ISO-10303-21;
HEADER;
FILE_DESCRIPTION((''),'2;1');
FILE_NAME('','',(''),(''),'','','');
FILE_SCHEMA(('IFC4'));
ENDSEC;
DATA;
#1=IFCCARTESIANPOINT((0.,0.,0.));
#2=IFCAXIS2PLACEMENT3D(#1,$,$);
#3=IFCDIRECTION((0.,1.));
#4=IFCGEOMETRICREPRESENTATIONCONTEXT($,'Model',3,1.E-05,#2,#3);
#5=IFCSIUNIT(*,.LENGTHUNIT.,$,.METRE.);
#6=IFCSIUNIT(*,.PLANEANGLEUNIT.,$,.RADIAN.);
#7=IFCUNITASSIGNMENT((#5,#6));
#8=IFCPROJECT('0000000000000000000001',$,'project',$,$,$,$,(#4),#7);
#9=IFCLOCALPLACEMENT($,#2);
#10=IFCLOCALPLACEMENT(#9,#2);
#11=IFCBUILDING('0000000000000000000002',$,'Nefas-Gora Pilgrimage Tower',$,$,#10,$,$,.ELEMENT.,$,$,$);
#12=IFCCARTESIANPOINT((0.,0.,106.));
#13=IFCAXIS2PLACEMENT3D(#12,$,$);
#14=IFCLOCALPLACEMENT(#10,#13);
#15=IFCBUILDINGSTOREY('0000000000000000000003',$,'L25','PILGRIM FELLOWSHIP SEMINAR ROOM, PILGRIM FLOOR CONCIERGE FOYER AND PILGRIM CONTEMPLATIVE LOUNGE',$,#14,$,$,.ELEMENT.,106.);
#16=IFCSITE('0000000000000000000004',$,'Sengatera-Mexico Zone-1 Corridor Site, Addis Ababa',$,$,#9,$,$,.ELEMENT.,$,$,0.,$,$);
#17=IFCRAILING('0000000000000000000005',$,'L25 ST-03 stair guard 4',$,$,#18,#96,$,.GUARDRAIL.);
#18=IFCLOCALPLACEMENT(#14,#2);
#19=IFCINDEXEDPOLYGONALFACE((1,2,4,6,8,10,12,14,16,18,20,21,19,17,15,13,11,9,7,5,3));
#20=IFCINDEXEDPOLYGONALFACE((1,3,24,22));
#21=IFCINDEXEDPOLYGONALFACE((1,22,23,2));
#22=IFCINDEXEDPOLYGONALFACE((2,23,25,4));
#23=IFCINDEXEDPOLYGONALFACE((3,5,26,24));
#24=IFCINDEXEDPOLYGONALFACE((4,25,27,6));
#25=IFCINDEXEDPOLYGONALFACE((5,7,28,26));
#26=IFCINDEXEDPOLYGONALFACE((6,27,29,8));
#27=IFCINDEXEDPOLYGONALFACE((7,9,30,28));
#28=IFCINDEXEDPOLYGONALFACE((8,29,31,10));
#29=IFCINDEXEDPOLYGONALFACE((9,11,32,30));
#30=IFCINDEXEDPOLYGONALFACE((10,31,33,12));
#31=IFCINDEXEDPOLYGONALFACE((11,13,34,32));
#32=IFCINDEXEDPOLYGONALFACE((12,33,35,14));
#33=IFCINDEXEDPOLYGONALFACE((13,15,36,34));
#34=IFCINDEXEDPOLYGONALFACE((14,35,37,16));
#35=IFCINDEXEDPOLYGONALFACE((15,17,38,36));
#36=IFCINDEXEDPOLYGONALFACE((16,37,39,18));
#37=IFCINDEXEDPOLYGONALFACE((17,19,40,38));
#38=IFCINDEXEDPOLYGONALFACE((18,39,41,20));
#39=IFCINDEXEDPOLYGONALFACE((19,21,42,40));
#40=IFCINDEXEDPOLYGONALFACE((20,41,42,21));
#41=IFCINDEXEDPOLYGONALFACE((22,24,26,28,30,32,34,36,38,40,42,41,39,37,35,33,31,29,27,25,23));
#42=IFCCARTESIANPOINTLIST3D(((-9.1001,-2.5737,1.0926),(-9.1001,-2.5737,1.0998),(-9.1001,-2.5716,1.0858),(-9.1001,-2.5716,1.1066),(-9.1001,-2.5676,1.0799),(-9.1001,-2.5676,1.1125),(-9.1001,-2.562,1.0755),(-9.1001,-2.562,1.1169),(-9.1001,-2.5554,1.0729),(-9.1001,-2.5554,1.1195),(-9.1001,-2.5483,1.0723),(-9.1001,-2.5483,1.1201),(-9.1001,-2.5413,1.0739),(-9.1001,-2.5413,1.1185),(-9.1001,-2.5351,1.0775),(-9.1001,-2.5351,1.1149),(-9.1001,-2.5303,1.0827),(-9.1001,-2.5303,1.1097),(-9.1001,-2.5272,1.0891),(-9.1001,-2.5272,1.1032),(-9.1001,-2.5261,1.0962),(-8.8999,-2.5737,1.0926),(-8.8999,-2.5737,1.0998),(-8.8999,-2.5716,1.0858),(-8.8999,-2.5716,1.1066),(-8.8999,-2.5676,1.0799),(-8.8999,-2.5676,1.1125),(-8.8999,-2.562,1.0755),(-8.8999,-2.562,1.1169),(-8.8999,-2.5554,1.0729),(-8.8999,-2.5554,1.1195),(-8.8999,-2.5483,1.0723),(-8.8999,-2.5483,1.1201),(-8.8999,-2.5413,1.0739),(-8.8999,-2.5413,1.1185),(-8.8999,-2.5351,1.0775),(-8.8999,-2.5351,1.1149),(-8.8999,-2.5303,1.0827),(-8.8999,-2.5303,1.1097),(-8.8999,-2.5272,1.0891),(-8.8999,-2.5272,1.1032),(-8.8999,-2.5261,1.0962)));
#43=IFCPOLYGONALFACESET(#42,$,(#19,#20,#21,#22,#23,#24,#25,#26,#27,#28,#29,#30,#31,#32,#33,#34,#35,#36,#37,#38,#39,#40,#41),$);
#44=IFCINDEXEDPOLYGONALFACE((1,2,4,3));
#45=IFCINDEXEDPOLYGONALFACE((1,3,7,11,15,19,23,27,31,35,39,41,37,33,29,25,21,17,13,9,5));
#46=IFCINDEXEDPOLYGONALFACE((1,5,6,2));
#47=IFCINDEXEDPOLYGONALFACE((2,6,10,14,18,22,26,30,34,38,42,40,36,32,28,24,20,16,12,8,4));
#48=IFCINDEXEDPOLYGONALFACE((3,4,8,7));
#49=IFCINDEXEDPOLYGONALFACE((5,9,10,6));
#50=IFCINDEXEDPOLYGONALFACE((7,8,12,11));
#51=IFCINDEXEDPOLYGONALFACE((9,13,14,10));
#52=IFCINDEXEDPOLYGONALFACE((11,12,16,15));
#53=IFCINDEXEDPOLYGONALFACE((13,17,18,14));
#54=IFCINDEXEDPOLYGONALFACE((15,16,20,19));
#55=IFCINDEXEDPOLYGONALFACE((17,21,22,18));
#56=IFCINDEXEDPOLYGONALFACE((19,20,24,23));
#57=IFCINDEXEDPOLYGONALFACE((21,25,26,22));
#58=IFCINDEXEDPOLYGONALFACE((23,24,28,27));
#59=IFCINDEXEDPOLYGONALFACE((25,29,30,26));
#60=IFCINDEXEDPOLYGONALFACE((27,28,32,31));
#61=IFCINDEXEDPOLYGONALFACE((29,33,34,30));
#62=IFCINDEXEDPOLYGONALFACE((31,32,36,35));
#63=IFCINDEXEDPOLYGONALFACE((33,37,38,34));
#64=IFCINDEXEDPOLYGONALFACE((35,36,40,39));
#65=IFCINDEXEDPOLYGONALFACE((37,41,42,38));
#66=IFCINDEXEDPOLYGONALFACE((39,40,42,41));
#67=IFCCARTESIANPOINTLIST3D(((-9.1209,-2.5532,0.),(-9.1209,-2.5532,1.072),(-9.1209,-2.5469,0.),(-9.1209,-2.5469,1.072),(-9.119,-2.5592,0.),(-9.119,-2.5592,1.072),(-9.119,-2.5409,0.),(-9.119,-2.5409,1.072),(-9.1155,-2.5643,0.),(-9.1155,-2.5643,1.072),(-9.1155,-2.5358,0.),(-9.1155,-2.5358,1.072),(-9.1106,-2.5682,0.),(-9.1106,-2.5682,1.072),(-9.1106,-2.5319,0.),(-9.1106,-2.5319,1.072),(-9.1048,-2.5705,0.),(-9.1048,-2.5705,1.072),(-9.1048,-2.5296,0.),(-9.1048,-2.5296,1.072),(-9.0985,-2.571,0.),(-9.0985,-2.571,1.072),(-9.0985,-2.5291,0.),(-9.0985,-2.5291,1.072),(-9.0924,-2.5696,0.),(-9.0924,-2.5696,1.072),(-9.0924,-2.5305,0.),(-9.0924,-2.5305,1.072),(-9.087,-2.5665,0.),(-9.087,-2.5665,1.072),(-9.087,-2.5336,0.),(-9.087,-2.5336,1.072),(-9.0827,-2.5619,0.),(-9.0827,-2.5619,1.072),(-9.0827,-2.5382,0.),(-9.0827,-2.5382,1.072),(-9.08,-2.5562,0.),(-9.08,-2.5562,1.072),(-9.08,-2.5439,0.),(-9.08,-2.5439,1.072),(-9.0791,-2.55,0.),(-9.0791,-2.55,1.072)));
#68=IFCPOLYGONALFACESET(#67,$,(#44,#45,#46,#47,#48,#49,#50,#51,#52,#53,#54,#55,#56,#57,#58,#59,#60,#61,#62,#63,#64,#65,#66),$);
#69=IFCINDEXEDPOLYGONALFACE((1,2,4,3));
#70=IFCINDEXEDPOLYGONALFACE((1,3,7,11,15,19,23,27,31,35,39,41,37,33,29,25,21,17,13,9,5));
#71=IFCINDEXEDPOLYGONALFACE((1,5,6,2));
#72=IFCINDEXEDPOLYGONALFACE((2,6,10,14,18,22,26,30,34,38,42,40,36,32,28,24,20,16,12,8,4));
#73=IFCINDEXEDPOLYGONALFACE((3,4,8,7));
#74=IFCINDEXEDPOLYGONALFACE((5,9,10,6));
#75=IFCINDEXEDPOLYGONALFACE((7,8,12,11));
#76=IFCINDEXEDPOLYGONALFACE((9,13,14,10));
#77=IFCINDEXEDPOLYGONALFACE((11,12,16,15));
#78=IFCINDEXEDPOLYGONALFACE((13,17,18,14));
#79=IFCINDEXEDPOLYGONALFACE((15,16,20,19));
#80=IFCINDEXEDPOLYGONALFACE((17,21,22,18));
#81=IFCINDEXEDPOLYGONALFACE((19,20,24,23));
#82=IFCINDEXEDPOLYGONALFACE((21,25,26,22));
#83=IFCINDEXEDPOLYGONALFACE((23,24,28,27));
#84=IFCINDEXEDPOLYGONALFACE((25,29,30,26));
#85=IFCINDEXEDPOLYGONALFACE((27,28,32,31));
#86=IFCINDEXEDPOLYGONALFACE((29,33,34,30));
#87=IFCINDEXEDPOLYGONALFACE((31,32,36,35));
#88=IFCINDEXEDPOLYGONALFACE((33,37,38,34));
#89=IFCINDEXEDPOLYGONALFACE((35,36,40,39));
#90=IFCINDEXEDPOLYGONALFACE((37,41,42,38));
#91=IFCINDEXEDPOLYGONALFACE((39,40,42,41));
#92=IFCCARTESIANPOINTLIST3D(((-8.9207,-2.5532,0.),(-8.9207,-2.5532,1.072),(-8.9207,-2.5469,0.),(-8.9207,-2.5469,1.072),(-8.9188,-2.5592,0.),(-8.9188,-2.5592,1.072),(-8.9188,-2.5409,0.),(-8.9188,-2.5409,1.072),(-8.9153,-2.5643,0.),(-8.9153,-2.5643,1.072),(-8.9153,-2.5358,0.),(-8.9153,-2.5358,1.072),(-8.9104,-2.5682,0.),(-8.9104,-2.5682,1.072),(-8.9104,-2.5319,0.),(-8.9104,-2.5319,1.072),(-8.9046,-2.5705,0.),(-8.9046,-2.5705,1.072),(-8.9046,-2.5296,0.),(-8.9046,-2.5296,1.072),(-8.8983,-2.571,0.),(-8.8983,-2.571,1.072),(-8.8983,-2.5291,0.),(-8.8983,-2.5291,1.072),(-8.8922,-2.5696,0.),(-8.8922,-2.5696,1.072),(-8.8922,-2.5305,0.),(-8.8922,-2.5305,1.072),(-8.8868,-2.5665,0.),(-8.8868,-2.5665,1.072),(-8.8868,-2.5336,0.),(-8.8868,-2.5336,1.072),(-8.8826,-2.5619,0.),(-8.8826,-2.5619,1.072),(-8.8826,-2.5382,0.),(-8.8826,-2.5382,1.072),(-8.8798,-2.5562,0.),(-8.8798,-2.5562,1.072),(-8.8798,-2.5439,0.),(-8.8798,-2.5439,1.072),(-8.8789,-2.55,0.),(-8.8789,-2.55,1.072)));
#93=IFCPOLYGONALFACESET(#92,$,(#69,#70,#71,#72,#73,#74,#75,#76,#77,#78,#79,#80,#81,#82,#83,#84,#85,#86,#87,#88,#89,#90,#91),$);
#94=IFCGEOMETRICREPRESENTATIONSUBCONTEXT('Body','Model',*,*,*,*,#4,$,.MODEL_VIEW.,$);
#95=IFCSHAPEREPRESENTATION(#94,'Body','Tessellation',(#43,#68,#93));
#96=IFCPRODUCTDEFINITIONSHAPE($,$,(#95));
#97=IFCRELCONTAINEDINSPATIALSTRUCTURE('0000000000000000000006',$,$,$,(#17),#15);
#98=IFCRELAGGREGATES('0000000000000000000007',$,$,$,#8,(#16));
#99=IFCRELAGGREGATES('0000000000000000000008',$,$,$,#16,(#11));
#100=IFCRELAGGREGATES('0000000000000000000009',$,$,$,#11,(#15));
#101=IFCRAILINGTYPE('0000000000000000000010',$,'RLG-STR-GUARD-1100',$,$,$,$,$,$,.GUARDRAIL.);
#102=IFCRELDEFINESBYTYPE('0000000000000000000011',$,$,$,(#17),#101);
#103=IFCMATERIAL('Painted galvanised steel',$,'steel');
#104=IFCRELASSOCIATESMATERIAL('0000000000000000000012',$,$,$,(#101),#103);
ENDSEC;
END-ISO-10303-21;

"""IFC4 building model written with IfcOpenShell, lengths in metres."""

from ifc_helpers import new_model, si_unit, direction, frame, origin, origin_2d, place, context, subcontext, project, spatial, circle, extrude, material, type_object, element, save


model = new_model("IFC4")

# Units and contexts
model_context = context("Model", 3, precision=1e-05, world=origin(), true_north=direction((0.0, 1.0)))
body_context = subcontext(model_context, "Body", "Model", "MODEL_VIEW")
ifc_project = project(units=[si_unit("LENGTHUNIT", "METRE"), si_unit("PLANEANGLEUNIT", "RADIAN")], contexts=[model_context])

# Site, building, storey
site_placement = place(None, origin())
site = spatial("IfcSite", under=ifc_project, at=site_placement, Name="Sengatera-Mexico Zone-1 Corridor Site, Addis Ababa", CompositionType="ELEMENT", RefElevation=0.0)
building_placement = place(site_placement, origin())
building = spatial("IfcBuilding", under=site, at=building_placement, Name="Nefas-Gora Pilgrimage Tower", CompositionType="ELEMENT")
storey_placement = place(building_placement, frame((0.0, 0.0, 106.0)))
storey = spatial("IfcBuildingStorey", under=building, at=storey_placement, Name="L25", Description="PILGRIM FELLOWSHIP SEMINAR ROOM, PILGRIM FLOOR CONCIERGE FOYER AND PILGRIM CONTEMPLATIVE LOUNGE", CompositionType="ELEMENT", Elevation=106.0)

# Railing
ifc_material_1 = material(Name="Painted galvanised steel", Category="steel")
railing_type_1 = type_object("IfcRailingType", Name="RLG-STR-GUARD-1100", PredefinedType="GUARDRAIL", material=ifc_material_1)
railing_1_placement = place(storey_placement, frame((-9.1001, -2.55, 0.0)))
element("IfcRailing", 1, at=railing_1_placement, inside=storey, type_object=railing_type_1, Name="L25 ST-03 stair guard 4", PredefinedType="GUARDRAIL", context=body_context, shape_type="SweptSolid", body=[
    extrude(circle(Radius=0.0239, at=origin_2d()), frame((0.0, 0.0, 1.0962), z_axis=(1.0, 0.0, 0.0), x_axis=(0.0, 1.0, 0.0)), (0.0, 0.0, 1.0), 0.2002),
    extrude(circle(Radius=0.021, at=origin_2d()), origin(), (0.0, 0.0, 1.0), 1.072),
    extrude(circle(Radius=0.021, at=origin_2d()), frame((0.2002, 0.0, 0.0)), (0.0, 0.0, 1.0), 1.072),
])

save(model, "model.ifc")
